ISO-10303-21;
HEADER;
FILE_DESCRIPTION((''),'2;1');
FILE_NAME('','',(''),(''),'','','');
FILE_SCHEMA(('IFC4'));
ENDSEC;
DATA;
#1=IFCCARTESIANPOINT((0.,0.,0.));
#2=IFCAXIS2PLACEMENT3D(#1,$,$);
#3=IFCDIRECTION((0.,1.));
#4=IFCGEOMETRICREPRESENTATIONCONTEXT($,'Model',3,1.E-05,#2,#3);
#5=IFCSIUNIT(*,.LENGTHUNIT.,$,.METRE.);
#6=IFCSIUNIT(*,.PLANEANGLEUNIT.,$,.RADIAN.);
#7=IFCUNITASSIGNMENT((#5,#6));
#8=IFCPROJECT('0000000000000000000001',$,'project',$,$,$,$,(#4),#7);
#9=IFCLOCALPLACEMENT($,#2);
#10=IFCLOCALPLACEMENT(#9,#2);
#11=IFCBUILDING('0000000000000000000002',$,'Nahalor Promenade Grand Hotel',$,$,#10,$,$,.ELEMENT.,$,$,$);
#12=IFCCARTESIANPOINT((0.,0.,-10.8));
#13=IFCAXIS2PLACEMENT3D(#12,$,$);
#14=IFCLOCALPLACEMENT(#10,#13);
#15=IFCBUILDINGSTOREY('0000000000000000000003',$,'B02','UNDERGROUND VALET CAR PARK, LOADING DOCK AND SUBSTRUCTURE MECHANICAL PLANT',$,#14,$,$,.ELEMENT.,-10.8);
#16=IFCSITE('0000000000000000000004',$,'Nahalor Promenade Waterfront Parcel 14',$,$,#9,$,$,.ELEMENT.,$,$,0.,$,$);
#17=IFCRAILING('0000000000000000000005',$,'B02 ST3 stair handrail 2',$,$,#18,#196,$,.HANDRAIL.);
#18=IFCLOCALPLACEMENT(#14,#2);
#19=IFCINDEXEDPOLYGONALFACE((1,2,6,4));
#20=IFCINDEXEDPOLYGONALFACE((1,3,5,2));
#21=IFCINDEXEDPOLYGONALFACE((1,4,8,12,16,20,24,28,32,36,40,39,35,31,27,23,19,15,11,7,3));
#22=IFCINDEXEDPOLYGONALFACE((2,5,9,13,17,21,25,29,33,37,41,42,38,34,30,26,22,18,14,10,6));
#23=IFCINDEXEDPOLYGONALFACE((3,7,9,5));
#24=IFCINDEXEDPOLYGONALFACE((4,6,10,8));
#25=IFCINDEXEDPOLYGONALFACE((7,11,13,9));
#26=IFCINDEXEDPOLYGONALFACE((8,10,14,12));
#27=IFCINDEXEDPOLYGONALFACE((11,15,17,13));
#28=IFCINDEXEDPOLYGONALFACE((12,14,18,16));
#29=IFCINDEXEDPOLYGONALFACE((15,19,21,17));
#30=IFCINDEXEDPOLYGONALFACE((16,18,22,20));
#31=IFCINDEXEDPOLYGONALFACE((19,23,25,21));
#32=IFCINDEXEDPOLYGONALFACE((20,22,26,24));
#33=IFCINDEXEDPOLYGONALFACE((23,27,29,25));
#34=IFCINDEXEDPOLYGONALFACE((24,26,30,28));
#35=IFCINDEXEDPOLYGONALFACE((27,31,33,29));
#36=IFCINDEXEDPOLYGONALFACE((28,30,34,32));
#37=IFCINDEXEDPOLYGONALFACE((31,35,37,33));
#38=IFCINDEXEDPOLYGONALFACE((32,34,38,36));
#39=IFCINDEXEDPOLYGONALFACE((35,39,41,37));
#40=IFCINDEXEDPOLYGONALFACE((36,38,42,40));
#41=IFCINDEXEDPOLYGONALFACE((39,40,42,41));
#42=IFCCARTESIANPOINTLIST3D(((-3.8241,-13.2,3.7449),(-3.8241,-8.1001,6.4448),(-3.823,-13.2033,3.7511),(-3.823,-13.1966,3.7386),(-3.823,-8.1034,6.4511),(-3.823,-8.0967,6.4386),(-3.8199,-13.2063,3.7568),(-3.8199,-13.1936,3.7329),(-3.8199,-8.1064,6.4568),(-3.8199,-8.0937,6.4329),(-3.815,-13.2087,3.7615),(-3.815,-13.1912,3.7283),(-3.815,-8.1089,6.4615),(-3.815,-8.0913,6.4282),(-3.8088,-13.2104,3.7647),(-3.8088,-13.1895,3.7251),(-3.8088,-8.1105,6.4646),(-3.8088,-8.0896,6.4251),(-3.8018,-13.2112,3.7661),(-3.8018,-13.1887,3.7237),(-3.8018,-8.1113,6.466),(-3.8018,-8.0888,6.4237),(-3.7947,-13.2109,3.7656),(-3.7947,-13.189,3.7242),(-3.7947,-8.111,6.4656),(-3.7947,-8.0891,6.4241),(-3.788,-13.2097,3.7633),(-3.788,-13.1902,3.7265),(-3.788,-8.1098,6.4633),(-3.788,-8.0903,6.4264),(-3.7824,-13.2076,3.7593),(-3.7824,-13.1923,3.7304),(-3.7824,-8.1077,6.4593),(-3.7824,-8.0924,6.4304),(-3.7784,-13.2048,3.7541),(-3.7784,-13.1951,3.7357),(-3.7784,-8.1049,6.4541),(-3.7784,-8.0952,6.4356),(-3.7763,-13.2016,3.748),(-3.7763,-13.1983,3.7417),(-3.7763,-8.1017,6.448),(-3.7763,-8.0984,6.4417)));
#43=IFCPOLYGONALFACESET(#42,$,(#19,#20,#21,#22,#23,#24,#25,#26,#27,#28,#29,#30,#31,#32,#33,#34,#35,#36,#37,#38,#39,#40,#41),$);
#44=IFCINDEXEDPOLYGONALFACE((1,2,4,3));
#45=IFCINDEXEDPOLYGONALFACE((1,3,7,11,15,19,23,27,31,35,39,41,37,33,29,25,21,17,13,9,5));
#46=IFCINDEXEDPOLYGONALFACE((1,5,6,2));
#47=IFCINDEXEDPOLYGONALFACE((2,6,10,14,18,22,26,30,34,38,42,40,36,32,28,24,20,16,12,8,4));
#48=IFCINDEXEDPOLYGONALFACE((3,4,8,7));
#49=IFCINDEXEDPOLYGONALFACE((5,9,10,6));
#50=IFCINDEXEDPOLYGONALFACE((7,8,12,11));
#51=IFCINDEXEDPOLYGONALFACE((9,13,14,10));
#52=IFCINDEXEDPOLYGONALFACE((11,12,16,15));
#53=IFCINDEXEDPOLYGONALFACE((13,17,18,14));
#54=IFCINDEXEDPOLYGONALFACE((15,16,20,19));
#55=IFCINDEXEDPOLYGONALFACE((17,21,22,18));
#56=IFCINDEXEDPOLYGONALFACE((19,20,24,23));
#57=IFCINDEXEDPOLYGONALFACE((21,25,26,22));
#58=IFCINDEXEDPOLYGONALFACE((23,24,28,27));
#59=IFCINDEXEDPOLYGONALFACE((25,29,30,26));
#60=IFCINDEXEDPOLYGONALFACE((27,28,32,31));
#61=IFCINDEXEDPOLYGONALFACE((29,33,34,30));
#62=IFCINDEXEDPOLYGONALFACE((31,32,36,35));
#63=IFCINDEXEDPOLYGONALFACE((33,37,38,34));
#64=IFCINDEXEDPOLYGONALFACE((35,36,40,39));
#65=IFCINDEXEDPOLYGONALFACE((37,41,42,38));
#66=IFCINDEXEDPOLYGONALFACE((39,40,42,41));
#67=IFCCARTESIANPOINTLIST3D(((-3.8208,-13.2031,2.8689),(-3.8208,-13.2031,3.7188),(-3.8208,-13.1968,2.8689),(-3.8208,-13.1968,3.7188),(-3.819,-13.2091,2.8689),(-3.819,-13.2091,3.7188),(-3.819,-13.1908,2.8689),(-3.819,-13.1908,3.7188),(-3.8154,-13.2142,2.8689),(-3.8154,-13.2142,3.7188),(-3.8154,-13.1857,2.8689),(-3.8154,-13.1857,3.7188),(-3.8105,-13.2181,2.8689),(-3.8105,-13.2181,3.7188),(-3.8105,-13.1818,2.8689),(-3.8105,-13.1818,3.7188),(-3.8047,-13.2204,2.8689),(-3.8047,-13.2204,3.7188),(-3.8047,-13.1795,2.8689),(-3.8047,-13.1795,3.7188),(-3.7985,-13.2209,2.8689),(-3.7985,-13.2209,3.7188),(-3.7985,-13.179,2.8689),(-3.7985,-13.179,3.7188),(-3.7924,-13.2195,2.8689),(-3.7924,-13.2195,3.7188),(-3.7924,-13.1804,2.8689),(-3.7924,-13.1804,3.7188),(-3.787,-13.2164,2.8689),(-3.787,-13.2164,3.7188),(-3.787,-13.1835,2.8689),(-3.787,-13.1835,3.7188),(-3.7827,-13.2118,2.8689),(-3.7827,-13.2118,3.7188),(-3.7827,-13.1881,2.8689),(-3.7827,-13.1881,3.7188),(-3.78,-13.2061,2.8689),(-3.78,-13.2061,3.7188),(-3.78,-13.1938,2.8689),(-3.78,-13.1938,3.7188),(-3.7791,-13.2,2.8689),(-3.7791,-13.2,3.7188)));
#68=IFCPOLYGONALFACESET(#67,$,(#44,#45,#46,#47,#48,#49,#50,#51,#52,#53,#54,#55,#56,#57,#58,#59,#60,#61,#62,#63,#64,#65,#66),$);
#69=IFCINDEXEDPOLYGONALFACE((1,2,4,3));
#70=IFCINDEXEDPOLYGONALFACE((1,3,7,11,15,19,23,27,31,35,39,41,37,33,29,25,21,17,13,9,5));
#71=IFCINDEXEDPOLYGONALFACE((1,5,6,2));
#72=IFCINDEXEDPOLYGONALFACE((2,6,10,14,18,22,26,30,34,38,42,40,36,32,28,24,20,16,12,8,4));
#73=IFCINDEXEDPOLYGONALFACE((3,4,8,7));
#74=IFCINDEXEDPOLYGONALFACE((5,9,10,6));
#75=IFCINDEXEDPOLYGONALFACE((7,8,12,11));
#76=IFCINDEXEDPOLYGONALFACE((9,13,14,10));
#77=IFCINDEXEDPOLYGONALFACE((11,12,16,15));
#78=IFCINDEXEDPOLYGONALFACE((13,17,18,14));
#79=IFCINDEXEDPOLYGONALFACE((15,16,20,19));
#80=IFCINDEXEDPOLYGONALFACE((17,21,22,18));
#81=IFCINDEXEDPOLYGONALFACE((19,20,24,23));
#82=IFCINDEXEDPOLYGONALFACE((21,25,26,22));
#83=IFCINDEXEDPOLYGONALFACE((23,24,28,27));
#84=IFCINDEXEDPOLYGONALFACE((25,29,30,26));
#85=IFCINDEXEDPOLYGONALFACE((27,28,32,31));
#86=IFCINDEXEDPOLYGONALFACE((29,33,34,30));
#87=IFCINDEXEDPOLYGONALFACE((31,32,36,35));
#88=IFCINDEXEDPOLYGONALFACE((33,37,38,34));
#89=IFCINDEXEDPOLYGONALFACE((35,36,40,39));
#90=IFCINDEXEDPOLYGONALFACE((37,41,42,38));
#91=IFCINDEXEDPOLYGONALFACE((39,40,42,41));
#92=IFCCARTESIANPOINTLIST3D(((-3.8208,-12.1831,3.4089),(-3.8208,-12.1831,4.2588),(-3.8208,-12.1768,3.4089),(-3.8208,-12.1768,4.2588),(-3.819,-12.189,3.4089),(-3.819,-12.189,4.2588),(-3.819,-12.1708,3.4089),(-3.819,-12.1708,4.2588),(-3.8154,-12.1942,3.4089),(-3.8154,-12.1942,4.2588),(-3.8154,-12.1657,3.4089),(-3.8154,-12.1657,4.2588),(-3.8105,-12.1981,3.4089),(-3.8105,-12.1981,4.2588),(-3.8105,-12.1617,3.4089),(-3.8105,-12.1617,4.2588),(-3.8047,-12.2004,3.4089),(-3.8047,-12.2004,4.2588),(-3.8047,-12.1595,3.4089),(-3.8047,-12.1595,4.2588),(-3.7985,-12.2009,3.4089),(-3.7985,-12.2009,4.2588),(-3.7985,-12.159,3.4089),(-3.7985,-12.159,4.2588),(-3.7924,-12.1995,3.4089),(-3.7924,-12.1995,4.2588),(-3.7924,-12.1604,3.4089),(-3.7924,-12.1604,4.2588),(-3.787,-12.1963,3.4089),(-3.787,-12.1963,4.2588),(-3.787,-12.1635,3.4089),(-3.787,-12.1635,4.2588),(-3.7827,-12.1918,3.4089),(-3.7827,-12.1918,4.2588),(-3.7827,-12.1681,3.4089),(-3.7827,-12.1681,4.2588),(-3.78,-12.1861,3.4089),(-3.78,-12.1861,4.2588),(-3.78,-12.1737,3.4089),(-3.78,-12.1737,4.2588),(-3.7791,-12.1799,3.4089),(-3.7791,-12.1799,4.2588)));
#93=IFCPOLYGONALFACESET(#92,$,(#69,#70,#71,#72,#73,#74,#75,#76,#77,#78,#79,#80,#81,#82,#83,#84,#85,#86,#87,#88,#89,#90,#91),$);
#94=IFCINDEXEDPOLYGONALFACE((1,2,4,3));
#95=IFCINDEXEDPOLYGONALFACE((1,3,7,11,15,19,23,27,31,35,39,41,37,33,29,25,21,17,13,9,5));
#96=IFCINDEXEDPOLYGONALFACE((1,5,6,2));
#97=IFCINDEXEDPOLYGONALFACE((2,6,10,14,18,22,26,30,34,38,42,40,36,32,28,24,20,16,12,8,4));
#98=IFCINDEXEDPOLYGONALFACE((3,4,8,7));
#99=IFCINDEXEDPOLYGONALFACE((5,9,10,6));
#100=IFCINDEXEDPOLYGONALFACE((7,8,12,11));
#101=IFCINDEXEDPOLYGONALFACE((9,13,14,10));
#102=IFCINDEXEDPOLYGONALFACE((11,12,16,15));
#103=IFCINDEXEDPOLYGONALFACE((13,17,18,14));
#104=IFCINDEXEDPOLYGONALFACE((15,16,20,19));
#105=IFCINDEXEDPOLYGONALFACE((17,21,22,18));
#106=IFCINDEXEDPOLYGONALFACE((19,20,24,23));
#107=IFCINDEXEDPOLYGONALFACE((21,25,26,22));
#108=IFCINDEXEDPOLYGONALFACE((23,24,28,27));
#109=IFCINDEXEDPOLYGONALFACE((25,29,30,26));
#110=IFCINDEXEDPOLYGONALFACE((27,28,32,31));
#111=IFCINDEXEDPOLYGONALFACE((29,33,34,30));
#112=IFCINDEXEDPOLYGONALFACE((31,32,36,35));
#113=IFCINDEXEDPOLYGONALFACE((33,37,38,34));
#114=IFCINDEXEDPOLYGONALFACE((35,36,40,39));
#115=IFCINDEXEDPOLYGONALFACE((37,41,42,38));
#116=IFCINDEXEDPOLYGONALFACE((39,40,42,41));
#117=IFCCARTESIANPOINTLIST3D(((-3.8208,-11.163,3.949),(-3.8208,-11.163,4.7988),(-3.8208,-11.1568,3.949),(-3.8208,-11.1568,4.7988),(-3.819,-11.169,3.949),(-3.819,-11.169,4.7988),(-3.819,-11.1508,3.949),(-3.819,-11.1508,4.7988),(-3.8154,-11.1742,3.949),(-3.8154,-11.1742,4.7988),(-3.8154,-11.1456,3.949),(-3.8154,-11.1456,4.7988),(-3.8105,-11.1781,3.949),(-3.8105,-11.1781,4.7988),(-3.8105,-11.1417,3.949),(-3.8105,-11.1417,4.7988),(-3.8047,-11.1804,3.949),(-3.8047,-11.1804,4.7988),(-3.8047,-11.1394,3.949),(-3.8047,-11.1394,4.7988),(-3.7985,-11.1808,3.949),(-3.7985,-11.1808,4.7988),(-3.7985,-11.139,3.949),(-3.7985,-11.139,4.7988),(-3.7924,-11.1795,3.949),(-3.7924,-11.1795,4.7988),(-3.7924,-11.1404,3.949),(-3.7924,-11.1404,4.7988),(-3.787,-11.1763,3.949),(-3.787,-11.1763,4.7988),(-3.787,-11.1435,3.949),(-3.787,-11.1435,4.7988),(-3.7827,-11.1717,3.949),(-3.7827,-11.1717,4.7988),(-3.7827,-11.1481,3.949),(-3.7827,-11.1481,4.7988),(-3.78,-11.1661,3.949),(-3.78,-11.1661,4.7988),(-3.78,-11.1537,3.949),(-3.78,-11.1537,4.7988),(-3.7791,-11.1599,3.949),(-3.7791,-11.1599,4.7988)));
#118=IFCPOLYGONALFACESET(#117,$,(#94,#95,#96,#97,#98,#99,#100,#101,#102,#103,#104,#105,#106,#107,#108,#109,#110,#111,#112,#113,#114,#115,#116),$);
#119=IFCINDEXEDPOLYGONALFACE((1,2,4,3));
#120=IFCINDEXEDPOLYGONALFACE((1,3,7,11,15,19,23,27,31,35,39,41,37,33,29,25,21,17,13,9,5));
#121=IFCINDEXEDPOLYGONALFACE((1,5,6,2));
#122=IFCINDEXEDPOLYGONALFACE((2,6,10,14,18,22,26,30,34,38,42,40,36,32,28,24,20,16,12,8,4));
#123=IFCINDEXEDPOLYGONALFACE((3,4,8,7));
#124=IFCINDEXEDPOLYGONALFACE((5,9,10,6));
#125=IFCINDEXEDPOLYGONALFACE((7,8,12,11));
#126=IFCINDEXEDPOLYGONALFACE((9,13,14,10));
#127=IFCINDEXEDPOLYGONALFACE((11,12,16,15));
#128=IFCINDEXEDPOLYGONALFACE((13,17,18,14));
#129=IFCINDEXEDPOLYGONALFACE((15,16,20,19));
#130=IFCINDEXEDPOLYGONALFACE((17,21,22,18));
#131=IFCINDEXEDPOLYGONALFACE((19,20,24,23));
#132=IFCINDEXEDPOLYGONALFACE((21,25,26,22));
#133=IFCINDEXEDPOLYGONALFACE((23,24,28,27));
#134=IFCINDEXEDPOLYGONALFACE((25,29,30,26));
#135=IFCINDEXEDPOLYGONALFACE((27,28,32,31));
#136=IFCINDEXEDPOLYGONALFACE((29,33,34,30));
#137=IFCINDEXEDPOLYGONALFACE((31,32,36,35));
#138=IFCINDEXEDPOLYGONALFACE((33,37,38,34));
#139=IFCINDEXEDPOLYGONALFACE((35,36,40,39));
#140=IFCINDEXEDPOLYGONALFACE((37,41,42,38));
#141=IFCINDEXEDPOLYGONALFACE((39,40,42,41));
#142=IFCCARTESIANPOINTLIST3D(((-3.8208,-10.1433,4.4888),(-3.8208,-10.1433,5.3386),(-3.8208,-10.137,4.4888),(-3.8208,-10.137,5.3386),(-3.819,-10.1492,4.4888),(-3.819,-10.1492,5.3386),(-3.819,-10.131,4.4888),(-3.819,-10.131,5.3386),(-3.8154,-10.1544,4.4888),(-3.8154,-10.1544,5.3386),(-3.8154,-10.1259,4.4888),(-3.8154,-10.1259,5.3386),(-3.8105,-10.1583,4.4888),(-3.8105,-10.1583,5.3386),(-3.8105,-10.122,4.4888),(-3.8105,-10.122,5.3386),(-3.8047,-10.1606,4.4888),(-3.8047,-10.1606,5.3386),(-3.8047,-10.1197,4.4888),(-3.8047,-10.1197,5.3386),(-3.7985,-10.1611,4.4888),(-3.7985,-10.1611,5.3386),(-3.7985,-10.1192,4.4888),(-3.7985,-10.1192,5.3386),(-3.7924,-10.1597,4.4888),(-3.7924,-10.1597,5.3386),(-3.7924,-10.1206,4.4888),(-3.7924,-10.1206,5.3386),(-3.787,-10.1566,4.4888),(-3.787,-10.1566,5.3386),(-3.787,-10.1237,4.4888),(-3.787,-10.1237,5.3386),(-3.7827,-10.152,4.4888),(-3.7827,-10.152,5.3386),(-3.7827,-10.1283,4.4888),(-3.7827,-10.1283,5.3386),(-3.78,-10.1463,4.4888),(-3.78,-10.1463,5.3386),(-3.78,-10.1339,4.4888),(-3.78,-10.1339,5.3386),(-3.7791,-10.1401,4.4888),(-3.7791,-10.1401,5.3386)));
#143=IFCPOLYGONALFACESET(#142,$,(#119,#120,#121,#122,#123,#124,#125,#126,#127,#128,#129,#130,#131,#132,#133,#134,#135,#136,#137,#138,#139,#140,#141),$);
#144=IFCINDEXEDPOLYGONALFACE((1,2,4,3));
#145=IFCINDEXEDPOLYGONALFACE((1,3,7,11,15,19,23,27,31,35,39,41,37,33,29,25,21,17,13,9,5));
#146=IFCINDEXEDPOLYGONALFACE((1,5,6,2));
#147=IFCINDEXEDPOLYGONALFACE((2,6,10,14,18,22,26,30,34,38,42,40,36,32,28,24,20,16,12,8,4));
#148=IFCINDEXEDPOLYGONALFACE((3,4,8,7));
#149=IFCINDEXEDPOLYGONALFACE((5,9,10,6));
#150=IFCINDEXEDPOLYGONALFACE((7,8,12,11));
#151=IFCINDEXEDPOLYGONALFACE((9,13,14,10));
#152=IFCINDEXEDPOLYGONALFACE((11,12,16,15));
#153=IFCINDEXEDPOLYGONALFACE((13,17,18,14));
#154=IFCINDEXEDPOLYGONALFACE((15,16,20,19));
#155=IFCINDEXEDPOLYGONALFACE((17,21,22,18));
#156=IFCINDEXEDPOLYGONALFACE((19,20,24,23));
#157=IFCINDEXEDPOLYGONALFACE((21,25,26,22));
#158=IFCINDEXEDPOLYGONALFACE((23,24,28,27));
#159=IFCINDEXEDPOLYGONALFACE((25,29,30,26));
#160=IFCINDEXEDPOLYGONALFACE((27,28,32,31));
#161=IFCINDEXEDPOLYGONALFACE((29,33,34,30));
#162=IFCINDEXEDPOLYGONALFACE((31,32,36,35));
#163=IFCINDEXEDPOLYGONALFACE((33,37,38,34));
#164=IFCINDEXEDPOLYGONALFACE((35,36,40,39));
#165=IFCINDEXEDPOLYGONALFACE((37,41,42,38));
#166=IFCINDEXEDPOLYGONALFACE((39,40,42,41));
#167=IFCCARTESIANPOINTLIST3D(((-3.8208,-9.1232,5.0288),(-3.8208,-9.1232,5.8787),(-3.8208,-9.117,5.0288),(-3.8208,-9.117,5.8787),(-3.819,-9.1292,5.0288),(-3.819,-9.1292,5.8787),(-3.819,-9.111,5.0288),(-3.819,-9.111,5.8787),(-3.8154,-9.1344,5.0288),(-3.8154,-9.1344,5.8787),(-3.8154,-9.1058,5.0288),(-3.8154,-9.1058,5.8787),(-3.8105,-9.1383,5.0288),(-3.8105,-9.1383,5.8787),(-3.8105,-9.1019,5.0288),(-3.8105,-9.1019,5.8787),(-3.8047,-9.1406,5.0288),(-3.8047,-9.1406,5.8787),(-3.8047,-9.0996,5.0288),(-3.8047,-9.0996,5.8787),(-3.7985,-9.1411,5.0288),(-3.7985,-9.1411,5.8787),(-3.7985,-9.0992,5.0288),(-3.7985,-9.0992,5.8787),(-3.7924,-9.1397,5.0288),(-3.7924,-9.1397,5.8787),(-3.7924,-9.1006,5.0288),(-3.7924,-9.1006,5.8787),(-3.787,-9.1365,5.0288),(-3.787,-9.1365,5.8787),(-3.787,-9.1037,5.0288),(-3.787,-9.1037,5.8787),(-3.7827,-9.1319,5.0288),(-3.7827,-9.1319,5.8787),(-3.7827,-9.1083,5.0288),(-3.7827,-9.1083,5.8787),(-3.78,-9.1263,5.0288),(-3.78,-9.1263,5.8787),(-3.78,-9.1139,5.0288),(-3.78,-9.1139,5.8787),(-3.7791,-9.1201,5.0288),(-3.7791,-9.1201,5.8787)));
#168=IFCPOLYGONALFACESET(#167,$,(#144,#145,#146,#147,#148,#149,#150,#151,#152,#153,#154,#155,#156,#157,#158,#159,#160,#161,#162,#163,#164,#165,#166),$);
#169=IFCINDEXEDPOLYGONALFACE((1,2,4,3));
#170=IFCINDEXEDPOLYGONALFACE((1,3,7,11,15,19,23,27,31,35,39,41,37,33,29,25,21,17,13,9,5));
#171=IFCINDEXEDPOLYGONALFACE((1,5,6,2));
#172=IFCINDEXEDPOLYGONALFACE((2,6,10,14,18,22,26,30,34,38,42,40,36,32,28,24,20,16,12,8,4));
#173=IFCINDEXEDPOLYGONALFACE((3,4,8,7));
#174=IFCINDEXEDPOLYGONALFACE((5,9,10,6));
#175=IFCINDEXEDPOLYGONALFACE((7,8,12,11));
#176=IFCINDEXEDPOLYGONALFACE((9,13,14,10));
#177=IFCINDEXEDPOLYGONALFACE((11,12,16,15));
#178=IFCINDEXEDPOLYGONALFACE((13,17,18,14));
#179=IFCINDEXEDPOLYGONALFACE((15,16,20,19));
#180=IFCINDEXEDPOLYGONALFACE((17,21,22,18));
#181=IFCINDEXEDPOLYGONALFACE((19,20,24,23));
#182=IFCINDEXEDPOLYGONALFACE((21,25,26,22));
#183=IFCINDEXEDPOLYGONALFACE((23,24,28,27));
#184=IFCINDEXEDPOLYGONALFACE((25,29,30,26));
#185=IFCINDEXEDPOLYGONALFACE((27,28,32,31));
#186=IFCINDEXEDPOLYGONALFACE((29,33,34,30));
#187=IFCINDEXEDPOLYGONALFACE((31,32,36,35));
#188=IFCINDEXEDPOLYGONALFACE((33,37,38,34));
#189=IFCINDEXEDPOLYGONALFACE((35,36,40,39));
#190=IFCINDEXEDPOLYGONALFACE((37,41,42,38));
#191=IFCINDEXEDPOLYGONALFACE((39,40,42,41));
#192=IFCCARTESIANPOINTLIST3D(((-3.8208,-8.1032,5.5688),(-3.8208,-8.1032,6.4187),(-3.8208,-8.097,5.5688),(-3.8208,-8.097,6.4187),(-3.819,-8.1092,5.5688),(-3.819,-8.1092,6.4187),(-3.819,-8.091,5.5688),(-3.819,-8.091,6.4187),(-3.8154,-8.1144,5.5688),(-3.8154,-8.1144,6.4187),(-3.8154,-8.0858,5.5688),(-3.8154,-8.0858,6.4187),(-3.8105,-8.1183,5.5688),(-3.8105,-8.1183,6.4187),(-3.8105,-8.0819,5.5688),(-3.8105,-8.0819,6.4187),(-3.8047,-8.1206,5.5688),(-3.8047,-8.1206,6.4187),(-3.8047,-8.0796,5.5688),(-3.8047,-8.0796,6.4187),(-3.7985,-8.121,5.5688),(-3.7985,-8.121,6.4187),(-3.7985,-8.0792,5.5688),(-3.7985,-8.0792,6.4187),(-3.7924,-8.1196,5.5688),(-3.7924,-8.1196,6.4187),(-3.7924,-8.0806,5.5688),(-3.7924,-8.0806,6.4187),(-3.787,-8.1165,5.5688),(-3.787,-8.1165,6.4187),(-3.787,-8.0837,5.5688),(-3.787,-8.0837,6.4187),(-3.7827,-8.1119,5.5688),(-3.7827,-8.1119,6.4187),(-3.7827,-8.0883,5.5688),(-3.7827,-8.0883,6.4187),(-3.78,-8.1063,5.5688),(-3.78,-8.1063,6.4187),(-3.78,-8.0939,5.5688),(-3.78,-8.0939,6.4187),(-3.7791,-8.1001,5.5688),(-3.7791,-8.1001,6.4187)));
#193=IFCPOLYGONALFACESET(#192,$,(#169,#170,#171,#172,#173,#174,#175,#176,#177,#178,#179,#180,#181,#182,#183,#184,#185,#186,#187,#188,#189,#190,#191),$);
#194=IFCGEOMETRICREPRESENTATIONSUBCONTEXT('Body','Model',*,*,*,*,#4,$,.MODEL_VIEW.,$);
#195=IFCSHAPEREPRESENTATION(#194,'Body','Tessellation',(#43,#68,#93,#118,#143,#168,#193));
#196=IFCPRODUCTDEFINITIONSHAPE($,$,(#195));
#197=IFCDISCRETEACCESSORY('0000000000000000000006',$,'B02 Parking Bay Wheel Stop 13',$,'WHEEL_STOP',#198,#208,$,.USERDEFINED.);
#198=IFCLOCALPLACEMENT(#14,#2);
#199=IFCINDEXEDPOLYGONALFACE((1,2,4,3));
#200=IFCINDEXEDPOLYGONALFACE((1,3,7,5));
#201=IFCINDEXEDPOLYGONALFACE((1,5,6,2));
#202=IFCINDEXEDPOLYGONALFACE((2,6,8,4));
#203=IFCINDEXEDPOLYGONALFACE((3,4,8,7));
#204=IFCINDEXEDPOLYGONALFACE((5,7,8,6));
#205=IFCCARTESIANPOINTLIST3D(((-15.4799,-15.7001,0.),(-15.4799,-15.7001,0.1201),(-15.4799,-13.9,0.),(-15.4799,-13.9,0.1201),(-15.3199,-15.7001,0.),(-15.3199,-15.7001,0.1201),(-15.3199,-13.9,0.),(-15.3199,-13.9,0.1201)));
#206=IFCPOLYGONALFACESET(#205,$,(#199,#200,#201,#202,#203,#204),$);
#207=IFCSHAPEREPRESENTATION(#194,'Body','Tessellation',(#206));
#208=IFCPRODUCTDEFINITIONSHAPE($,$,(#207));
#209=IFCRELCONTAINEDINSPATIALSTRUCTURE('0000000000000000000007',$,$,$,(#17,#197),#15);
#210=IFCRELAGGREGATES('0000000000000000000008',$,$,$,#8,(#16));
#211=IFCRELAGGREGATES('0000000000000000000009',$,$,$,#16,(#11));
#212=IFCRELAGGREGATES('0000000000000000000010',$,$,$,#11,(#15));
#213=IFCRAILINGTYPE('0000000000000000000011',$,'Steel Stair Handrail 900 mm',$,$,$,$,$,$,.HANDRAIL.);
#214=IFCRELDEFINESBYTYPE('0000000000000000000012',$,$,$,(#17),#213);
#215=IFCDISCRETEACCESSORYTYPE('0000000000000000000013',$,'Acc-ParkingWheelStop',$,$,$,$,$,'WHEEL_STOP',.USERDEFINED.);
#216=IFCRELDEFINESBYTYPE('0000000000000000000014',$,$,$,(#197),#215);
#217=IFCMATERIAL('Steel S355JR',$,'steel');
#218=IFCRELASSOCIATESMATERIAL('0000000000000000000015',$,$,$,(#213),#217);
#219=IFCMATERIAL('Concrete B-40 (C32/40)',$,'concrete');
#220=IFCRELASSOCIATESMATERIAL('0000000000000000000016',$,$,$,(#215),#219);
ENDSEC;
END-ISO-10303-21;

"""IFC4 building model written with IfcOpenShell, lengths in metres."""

from ifc_helpers import new_model, si_unit, direction, frame, origin, origin_2d, place, context, subcontext, project, spatial, rectangle, circle, extrude, source, transform, mapped, material, type_object, element, save


model = new_model("IFC4")

# Units and contexts
model_context = context("Model", 3, precision=1e-05, world=origin(), true_north=direction((0.0, 1.0)))
body_context = subcontext(model_context, "Body", "Model", "MODEL_VIEW")
ifc_project = project(units=[si_unit("LENGTHUNIT", "METRE"), si_unit("PLANEANGLEUNIT", "RADIAN")], contexts=[model_context])

# Site, building, storey
site_placement = place(None, origin())
site = spatial("IfcSite", under=ifc_project, at=site_placement, Name="Nahalor Promenade Waterfront Parcel 14", CompositionType="ELEMENT", RefElevation=0.0)
building_placement = place(site_placement, origin())
building = spatial("IfcBuilding", under=site, at=building_placement, Name="Nahalor Promenade Grand Hotel", CompositionType="ELEMENT")
storey_placement = place(building_placement, frame((0.0, 0.0, -10.8)))
storey = spatial("IfcBuildingStorey", under=building, at=storey_placement, Name="B02", Description="UNDERGROUND VALET CAR PARK, LOADING DOCK AND SUBSTRUCTURE MECHANICAL PLANT", CompositionType="ELEMENT", Elevation=-10.8)

# Shared definitions
ifc_material_1 = material(Name="Steel S355JR", Category="steel")

# Railing
railing_type_1 = type_object("IfcRailingType", Name="Steel Stair Handrail 900 mm", PredefinedType="HANDRAIL", material=ifc_material_1)
railing_1_placement = place(storey_placement, frame((-3.8, -13.2, 2.8689)))
element("IfcRailing", 1, at=railing_1_placement, inside=storey, type_object=railing_type_1, Name="B02 ST3 stair handrail 2", PredefinedType="HANDRAIL", context=body_context, shape_type="SweptSolid", body=[
    extrude(circle(Radius=0.024, at=origin_2d()), frame((0.0, 0.0, 0.876), z_axis=(0.0, 0.883786, 0.467892), x_axis=(-1.0, 0.0, 0.0)), (0.0, 0.0, 1.0), 5.7705),
    extrude(circle(Radius=0.021, at=origin_2d()), origin(), (0.0, 0.0, 1.0), 0.8499),
    extrude(circle(Radius=0.021, at=origin_2d()), frame((0.0, 1.02, 0.54)), (0.0, 0.0, 1.0), 0.8499),
    extrude(circle(Radius=0.021, at=origin_2d()), frame((0.0, 2.04, 1.0801)), (0.0, 0.0, 1.0), 0.8499),
    extrude(circle(Radius=0.021, at=origin_2d()), frame((0.0, 3.0598, 1.6199)), (0.0, 0.0, 1.0), 0.8499),
    extrude(circle(Radius=0.021, at=origin_2d()), frame((0.0, 4.0798, 2.1599)), (0.0, 0.0, 1.0), 0.8499),
    extrude(circle(Radius=0.021, at=origin_2d()), frame((0.0, 5.0999, 2.7)), (0.0, 0.0, 1.0), 0.8499),
])

# Discrete accessory
ifc_material_2 = material(Name="Concrete B-40 (C32/40)", Category="concrete")
discrete_accessory_type = type_object("IfcDiscreteAccessoryType", Name="Acc-ParkingWheelStop", ElementType="WHEEL_STOP", PredefinedType="USERDEFINED", material=ifc_material_2)
shared_shape_1 = source(origin(), body_context, "Body", "SweptSolid", [
    extrude(rectangle(XDim=1.8, YDim=0.1599, at=origin_2d()), origin(), (0.0, 0.0, 1.0), 0.1201),
])
for number, where, z_axis, x_axis, name in (
    (2, (-15.3999, -14.8, 0.0), (0.0, 0.0, 1.0), (0.0, 1.0, 0.0), "B02 Parking Bay Wheel Stop 13"),
):
    element("IfcDiscreteAccessory", number, at=place(storey_placement, frame(where, z_axis=z_axis, x_axis=x_axis)), inside=storey, type_object=discrete_accessory_type, Name=name, ObjectType="WHEEL_STOP", PredefinedType="USERDEFINED", context=body_context, shape_type="MappedRepresentation", body=[
        mapped(shared_shape_1, transform((0.0, 0.0, 0.0), scale=1.0)),
    ])

save(model, "model.ifc")
